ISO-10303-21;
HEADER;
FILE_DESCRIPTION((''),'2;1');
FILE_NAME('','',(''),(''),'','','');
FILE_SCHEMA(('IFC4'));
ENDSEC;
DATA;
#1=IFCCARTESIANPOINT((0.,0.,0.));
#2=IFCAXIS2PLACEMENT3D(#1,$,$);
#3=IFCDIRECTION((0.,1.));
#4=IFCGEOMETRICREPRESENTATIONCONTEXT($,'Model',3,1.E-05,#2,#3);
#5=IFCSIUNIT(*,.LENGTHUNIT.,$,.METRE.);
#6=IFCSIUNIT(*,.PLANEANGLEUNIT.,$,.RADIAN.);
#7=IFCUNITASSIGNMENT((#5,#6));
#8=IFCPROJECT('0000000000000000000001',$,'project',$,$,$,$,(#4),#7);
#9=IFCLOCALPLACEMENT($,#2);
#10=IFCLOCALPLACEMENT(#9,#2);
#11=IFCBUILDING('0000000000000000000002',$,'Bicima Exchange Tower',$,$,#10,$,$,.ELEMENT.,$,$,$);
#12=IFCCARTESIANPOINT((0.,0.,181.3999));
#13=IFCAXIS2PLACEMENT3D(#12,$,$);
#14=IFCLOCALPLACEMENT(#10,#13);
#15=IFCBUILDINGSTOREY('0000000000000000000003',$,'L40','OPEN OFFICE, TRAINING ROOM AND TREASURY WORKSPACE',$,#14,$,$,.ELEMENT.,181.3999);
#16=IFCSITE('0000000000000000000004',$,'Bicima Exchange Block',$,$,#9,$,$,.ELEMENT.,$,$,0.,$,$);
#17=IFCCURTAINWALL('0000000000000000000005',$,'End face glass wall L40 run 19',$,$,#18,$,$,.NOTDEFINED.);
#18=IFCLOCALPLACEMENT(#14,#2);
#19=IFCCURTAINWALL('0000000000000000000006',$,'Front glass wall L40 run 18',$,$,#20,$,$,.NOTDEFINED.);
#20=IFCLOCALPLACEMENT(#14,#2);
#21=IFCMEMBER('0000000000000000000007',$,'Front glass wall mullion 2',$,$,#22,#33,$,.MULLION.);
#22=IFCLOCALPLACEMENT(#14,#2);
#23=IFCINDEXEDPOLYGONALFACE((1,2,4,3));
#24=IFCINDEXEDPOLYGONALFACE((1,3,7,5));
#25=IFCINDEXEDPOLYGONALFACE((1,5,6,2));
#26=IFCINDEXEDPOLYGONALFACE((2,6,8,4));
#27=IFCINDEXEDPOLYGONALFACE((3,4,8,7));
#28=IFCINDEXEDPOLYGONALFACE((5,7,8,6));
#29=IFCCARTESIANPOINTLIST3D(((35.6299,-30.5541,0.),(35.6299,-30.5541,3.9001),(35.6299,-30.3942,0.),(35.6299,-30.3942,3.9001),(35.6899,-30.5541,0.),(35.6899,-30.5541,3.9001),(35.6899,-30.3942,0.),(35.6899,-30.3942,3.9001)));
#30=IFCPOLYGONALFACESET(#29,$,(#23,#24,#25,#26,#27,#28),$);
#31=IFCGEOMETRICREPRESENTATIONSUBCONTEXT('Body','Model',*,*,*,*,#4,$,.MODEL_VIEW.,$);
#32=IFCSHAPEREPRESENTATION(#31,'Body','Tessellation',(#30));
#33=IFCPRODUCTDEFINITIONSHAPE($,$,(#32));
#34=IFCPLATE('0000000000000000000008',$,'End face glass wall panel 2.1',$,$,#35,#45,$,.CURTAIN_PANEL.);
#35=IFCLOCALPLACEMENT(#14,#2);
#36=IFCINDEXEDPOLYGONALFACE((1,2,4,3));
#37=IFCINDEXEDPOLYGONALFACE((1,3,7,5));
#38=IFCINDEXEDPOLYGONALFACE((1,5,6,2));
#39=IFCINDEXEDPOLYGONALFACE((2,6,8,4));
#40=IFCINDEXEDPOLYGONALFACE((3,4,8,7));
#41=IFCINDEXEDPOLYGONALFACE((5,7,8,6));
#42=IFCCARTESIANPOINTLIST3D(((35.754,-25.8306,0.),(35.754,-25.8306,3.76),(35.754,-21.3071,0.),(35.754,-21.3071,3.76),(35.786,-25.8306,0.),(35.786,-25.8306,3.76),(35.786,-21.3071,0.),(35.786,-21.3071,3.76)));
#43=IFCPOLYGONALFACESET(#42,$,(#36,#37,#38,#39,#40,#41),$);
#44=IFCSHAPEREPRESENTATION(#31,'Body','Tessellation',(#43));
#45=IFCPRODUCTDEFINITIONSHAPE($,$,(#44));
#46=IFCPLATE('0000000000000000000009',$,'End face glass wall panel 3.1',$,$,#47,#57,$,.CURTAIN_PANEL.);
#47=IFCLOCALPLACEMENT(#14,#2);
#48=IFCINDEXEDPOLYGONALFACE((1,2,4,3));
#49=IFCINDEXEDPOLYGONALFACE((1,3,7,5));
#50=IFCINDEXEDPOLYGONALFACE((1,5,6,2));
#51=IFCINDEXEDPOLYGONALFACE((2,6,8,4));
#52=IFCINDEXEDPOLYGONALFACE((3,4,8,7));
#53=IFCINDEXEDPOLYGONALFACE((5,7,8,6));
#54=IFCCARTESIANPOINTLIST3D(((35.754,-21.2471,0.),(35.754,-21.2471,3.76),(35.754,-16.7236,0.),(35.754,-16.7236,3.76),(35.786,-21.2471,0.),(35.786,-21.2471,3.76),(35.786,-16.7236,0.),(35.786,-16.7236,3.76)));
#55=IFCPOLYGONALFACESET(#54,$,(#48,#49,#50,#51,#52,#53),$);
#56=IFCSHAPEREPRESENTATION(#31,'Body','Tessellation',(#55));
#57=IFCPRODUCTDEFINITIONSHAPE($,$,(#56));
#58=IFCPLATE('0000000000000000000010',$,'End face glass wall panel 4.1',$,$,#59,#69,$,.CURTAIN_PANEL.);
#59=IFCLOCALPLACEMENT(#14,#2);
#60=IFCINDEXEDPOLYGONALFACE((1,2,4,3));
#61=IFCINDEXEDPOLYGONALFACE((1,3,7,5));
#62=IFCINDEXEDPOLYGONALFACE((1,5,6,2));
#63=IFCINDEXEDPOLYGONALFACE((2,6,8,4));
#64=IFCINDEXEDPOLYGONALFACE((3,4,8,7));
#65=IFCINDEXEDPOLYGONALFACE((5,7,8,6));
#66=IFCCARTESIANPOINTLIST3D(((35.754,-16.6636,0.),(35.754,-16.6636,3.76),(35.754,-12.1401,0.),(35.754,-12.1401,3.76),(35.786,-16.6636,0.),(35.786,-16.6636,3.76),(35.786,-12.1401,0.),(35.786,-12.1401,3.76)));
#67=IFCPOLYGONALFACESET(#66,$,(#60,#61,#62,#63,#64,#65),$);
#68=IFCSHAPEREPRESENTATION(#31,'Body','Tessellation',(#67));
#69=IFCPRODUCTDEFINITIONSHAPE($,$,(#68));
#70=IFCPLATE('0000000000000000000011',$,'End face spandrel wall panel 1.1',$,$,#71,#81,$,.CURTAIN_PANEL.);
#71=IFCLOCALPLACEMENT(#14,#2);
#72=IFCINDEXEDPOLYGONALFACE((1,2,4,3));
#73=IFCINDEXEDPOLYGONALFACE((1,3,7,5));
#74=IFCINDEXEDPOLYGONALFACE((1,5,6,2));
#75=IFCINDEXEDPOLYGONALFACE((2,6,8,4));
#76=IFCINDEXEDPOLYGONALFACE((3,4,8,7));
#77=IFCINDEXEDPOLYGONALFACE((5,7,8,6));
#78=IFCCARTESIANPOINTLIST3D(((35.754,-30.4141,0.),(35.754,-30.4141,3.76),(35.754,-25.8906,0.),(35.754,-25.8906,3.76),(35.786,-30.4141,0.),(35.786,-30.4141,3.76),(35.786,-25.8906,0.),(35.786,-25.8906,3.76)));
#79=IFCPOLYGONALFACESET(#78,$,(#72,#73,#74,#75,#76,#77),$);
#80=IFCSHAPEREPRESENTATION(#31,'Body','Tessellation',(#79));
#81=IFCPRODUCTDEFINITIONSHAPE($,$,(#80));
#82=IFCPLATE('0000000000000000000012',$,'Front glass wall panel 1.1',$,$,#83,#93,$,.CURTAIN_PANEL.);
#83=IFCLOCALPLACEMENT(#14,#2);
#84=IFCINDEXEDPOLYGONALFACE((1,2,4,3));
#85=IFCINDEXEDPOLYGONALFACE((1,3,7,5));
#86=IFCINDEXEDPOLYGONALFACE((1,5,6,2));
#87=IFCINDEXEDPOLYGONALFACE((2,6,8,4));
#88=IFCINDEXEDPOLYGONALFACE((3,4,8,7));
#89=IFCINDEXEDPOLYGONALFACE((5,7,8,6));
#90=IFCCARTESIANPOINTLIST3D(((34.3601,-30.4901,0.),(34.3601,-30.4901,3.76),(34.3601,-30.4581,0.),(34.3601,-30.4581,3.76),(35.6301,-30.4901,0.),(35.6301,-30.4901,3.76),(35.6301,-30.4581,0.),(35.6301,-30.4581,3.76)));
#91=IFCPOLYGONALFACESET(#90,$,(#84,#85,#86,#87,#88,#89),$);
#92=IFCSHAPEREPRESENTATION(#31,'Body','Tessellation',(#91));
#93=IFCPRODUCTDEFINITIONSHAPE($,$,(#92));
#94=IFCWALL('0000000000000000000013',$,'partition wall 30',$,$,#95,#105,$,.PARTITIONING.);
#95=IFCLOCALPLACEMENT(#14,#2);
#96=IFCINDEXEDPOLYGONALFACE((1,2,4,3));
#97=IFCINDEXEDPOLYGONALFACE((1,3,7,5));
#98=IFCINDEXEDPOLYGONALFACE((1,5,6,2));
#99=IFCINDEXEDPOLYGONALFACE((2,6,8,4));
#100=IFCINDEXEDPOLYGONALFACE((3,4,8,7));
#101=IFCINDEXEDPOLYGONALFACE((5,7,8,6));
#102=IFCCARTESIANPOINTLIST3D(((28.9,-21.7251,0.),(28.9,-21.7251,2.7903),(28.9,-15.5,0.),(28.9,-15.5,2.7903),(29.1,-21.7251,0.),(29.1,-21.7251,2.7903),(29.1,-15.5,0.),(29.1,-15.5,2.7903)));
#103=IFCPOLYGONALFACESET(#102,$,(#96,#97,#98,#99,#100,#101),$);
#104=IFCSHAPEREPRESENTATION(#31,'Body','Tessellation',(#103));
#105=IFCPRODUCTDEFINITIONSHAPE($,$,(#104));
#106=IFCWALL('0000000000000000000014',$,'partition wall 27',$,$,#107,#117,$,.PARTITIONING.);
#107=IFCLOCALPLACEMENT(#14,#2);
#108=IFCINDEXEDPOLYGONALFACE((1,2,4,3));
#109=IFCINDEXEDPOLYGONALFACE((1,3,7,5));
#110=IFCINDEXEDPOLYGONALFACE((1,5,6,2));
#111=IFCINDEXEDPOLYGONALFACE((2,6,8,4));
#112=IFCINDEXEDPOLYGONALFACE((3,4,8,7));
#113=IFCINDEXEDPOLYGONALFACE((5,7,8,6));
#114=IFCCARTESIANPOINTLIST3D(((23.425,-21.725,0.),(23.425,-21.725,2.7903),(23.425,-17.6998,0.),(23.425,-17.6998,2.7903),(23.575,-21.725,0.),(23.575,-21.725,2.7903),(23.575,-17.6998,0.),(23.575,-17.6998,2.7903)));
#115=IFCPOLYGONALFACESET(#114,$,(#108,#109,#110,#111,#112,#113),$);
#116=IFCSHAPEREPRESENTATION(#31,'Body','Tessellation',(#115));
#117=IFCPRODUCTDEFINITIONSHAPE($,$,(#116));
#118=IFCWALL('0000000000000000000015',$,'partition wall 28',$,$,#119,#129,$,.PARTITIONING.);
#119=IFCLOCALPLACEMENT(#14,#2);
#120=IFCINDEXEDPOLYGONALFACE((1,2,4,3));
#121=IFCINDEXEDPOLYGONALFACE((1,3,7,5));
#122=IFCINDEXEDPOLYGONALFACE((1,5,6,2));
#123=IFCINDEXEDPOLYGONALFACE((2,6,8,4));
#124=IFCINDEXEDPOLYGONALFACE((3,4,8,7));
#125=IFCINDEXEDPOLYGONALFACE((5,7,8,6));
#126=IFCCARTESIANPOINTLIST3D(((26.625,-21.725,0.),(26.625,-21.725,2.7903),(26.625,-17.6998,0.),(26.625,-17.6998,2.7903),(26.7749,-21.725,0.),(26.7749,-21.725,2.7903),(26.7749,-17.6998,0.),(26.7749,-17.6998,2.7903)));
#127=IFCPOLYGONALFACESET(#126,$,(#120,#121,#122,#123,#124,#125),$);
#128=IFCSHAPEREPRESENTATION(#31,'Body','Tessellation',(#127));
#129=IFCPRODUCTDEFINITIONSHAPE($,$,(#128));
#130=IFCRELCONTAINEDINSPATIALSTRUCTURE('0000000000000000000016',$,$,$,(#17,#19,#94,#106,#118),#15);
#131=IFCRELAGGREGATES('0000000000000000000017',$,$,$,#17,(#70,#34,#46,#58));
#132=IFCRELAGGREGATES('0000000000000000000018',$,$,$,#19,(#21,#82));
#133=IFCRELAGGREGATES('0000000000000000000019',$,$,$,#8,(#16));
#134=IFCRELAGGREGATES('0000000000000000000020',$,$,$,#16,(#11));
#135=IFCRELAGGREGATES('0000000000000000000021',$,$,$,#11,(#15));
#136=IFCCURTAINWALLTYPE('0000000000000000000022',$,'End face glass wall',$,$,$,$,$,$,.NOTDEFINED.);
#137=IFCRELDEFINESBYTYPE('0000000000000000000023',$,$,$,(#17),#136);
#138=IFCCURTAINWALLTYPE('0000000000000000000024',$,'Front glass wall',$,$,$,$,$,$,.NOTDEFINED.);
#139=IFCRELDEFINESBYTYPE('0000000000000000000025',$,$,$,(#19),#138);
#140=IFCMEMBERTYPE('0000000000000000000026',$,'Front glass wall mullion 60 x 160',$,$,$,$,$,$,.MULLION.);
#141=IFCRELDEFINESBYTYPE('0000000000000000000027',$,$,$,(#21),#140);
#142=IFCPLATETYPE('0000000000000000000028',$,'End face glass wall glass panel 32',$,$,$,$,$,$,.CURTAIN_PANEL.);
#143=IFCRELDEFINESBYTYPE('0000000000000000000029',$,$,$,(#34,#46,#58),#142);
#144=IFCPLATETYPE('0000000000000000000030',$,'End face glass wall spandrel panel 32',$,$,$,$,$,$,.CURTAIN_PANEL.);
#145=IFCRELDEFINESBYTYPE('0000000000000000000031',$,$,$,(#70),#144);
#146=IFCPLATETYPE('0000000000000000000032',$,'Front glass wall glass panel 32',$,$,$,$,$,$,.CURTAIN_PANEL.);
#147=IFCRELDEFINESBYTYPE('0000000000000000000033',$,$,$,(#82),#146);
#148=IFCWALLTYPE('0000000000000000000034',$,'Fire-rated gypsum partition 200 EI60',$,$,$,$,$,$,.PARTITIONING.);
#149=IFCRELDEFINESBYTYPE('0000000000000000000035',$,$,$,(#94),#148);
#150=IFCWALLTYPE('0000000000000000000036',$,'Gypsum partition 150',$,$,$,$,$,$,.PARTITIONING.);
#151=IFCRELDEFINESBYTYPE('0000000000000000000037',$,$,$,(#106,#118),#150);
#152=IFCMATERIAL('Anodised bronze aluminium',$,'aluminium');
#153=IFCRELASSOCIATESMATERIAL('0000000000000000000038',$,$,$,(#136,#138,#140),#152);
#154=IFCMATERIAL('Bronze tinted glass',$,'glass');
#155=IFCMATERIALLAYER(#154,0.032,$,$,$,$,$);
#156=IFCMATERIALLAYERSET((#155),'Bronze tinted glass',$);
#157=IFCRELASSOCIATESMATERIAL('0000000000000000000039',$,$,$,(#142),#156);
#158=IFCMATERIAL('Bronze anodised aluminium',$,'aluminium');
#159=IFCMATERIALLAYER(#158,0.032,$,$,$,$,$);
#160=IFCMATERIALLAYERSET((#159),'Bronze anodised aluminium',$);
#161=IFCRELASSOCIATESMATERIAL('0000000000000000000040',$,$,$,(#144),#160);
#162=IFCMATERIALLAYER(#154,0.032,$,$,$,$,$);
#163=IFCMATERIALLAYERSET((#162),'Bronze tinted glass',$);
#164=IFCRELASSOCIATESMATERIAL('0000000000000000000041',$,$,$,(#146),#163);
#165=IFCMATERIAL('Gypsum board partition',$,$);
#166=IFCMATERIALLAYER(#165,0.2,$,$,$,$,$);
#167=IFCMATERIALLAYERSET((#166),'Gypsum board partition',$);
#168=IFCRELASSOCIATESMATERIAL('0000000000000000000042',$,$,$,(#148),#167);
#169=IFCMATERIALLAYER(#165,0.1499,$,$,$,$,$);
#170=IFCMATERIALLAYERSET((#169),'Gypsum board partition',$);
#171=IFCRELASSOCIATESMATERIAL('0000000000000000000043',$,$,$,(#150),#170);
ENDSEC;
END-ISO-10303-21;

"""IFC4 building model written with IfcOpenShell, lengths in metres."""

from ifc_helpers import new_model, si_unit, direction, frame, frame_2d, origin, origin_2d, place, context, subcontext, project, spatial, rectangle, extrude, material, layer, layer_set, material_profile, profile_set, type_object, element, aggregate, save


model = new_model("IFC4")

# Units and contexts
model_context = context("Model", 3, precision=1e-05, world=origin(), true_north=direction((0.0, 1.0)))
body_context = subcontext(model_context, "Body", "Model", "MODEL_VIEW")
ifc_project = project(units=[si_unit("LENGTHUNIT", "METRE"), si_unit("PLANEANGLEUNIT", "RADIAN")], contexts=[model_context])

# Site, building, storey
site_placement = place(None, origin())
site = spatial("IfcSite", under=ifc_project, at=site_placement, Name="Bicima Exchange Block", CompositionType="ELEMENT", RefElevation=0.0)
building_placement = place(site_placement, origin())
building = spatial("IfcBuilding", under=site, at=building_placement, Name="Bicima Exchange Tower", CompositionType="ELEMENT")
storey_placement = place(building_placement, frame((0.0, 0.0, 181.3999)))
storey = spatial("IfcBuildingStorey", under=building, at=storey_placement, Name="L40", Description="OPEN OFFICE, TRAINING ROOM AND TREASURY WORKSPACE", CompositionType="ELEMENT", Elevation=181.3999)

# Curtain wall
ifc_material_1 = material(Name="Anodised bronze aluminium", Category="aluminium")
curtain_wall_type_1 = type_object("IfcCurtainWallType", Name="End face glass wall", PredefinedType="NOTDEFINED", material=ifc_material_1)
curtain_wall_1_placement = place(storey_placement, origin())
curtain_wall_1 = element("IfcCurtainWall", 1, at=curtain_wall_1_placement, inside=storey, type_object=curtain_wall_type_1, Name="End face glass wall L40 run 19", PredefinedType="NOTDEFINED")
ifc_material_profile_1 = material_profile(ifc_material_1, rectangle(XDim=0.1599, YDim=0.0601, at=origin_2d()))
ifc_profile_set_1 = profile_set([ifc_material_profile_1], Name="Anodised bronze aluminium")

# Curtain wall, member
curtain_wall_type_2 = type_object("IfcCurtainWallType", Name="Front glass wall", PredefinedType="NOTDEFINED", material=ifc_material_1)
curtain_wall_2_placement = place(storey_placement, origin())
curtain_wall_2 = element("IfcCurtainWall", 2, at=curtain_wall_2_placement, inside=storey, type_object=curtain_wall_type_2, Name="Front glass wall L40 run 18", PredefinedType="NOTDEFINED")
member_type_1 = type_object("IfcMemberType", Name="Front glass wall mullion 60 x 160", PredefinedType="MULLION", material=ifc_profile_set_1)
member_1_placement = place(storey_placement, frame((35.6599, -30.4741, 0.0), z_axis=(0.0, 0.0, 1.0), x_axis=(0.0, 1.0, 0.0)))
member_1 = element("IfcMember", 3, at=member_1_placement, type_object=member_type_1, Name="Front glass wall mullion 2", PredefinedType="MULLION", context=body_context, shape_type="SweptSolid", body=[
    extrude(rectangle(XDim=0.1599, YDim=0.0601, at=origin_2d()), origin(), (0.0, 0.0, 1.0), 3.9001),
])

# Plates
ifc_material_2 = material(Name="Bronze tinted glass", Category="glass")
ifc_layer_1 = layer(ifc_material_2, 0.032)
ifc_layer_set_1 = layer_set([ifc_layer_1], Name="Bronze tinted glass")
plate_type_1 = type_object("IfcPlateType", Name="End face glass wall glass panel 32", PredefinedType="CURTAIN_PANEL", material=ifc_layer_set_1)
plate_1_placement = place(storey_placement, frame((35.77, -23.5688, 0.0), z_axis=(0.0, 0.0, 1.0), x_axis=(0.0, 1.0, 0.0)))
plate_1 = element("IfcPlate", 4, at=plate_1_placement, type_object=plate_type_1, Name="End face glass wall panel 2.1", PredefinedType="CURTAIN_PANEL", context=body_context, shape_type="SweptSolid", body=[
    extrude(rectangle(XDim=4.5234, YDim=0.032, at=origin_2d()), origin(), (0.0, 0.0, 1.0), 3.76),
])
plate_2_placement = place(storey_placement, frame((35.77, -18.9854, 0.0), z_axis=(0.0, 0.0, 1.0), x_axis=(0.0, 1.0, 0.0)))
plate_2 = element("IfcPlate", 5, at=plate_2_placement, type_object=plate_type_1, Name="End face glass wall panel 3.1", PredefinedType="CURTAIN_PANEL", context=body_context, shape_type="SweptSolid", body=[
    extrude(rectangle(XDim=4.5234, YDim=0.032, at=origin_2d()), origin(), (0.0, 0.0, 1.0), 3.76),
])
plate_3_placement = place(storey_placement, frame((35.77, -14.4019, 0.0), z_axis=(0.0, 0.0, 1.0), x_axis=(0.0, 1.0, 0.0)))
plate_3 = element("IfcPlate", 6, at=plate_3_placement, type_object=plate_type_1, Name="End face glass wall panel 4.1", PredefinedType="CURTAIN_PANEL", context=body_context, shape_type="SweptSolid", body=[
    extrude(rectangle(XDim=4.5234, YDim=0.032, at=origin_2d()), origin(), (0.0, 0.0, 1.0), 3.76),
])
ifc_material_3 = material(Name="Bronze anodised aluminium", Category="aluminium")
ifc_layer_2 = layer(ifc_material_3, 0.032)
ifc_layer_set_2 = layer_set([ifc_layer_2], Name="Bronze anodised aluminium")
plate_type_2 = type_object("IfcPlateType", Name="End face glass wall spandrel panel 32", PredefinedType="CURTAIN_PANEL", material=ifc_layer_set_2)
plate_4_placement = place(storey_placement, frame((35.77, -28.1523, 0.0), z_axis=(0.0, 0.0, 1.0), x_axis=(0.0, 1.0, 0.0)))
plate_4 = element("IfcPlate", 7, at=plate_4_placement, type_object=plate_type_2, Name="End face spandrel wall panel 1.1", PredefinedType="CURTAIN_PANEL", context=body_context, shape_type="SweptSolid", body=[
    extrude(rectangle(XDim=4.5234, YDim=0.032, at=origin_2d()), origin(), (0.0, 0.0, 1.0), 3.76),
])
aggregate(curtain_wall_1, [plate_4, plate_1, plate_2, plate_3])
ifc_layer_3 = layer(ifc_material_2, 0.032)
ifc_layer_set_3 = layer_set([ifc_layer_3], Name="Bronze tinted glass")
plate_type_3 = type_object("IfcPlateType", Name="Front glass wall glass panel 32", PredefinedType="CURTAIN_PANEL", material=ifc_layer_set_3)
plate_5_placement = place(storey_placement, frame((34.9951, -30.4741, 0.0), z_axis=(0.0, 0.0, 1.0), x_axis=(1.0, 0.0, 0.0)))
plate_5 = element("IfcPlate", 8, at=plate_5_placement, type_object=plate_type_3, Name="Front glass wall panel 1.1", PredefinedType="CURTAIN_PANEL", context=body_context, shape_type="SweptSolid", body=[
    extrude(rectangle(XDim=1.27, YDim=0.032, at=origin_2d()), origin(), (0.0, 0.0, 1.0), 3.76),
])
aggregate(curtain_wall_2, [member_1, plate_5])

# Walls
ifc_material_4 = material(Name="Gypsum board partition")
ifc_layer_4 = layer(ifc_material_4, 0.2)
ifc_layer_set_4 = layer_set([ifc_layer_4], Name="Gypsum board partition")
wall_type_1 = type_object("IfcWallType", Name="Fire-rated gypsum partition 200 EI60", PredefinedType="PARTITIONING", material=ifc_layer_set_4)
wall_placement = place(storey_placement, frame((29.0, -21.7251, 0.0), z_axis=(0.0, 0.0, 1.0), x_axis=(0.0, 1.0, 0.0)))
element("IfcWall", 9, at=wall_placement, inside=storey, type_object=wall_type_1, Name="partition wall 30", PredefinedType="PARTITIONING", context=body_context, shape_type="SweptSolid", body=[
    extrude(rectangle(XDim=6.2251, YDim=0.2, at=frame_2d((3.1125, 0.0))), origin(), (0.0, 0.0, 1.0), 2.7903),
])
ifc_layer_5 = layer(ifc_material_4, 0.1499)
ifc_layer_set_5 = layer_set([ifc_layer_5], Name="Gypsum board partition")
wall_type_2 = type_object("IfcWallType", Name="Gypsum partition 150", PredefinedType="PARTITIONING", material=ifc_layer_set_5)
for number, where, z_axis, x_axis, name in (
    (10, (23.5, -21.7251, 0.0), (0.0, 0.0, 1.0), (0.0, 1.0, 0.0), "partition wall 27"),
    (11, (26.7, -21.7251, 0.0), (0.0, 0.0, 1.0), (0.0, 1.0, 0.0), "partition wall 28"),
):
    element("IfcWall", number, at=place(storey_placement, frame(where, z_axis=z_axis, x_axis=x_axis)), inside=storey, type_object=wall_type_2, Name=name, PredefinedType="PARTITIONING", context=body_context, shape_type="SweptSolid", body=[
        extrude(rectangle(XDim=4.0251, YDim=0.1499, at=frame_2d((2.0127, 0.0))), origin(), (0.0, 0.0, 1.0), 2.7903),
    ])

save(model, "model.ifc")
